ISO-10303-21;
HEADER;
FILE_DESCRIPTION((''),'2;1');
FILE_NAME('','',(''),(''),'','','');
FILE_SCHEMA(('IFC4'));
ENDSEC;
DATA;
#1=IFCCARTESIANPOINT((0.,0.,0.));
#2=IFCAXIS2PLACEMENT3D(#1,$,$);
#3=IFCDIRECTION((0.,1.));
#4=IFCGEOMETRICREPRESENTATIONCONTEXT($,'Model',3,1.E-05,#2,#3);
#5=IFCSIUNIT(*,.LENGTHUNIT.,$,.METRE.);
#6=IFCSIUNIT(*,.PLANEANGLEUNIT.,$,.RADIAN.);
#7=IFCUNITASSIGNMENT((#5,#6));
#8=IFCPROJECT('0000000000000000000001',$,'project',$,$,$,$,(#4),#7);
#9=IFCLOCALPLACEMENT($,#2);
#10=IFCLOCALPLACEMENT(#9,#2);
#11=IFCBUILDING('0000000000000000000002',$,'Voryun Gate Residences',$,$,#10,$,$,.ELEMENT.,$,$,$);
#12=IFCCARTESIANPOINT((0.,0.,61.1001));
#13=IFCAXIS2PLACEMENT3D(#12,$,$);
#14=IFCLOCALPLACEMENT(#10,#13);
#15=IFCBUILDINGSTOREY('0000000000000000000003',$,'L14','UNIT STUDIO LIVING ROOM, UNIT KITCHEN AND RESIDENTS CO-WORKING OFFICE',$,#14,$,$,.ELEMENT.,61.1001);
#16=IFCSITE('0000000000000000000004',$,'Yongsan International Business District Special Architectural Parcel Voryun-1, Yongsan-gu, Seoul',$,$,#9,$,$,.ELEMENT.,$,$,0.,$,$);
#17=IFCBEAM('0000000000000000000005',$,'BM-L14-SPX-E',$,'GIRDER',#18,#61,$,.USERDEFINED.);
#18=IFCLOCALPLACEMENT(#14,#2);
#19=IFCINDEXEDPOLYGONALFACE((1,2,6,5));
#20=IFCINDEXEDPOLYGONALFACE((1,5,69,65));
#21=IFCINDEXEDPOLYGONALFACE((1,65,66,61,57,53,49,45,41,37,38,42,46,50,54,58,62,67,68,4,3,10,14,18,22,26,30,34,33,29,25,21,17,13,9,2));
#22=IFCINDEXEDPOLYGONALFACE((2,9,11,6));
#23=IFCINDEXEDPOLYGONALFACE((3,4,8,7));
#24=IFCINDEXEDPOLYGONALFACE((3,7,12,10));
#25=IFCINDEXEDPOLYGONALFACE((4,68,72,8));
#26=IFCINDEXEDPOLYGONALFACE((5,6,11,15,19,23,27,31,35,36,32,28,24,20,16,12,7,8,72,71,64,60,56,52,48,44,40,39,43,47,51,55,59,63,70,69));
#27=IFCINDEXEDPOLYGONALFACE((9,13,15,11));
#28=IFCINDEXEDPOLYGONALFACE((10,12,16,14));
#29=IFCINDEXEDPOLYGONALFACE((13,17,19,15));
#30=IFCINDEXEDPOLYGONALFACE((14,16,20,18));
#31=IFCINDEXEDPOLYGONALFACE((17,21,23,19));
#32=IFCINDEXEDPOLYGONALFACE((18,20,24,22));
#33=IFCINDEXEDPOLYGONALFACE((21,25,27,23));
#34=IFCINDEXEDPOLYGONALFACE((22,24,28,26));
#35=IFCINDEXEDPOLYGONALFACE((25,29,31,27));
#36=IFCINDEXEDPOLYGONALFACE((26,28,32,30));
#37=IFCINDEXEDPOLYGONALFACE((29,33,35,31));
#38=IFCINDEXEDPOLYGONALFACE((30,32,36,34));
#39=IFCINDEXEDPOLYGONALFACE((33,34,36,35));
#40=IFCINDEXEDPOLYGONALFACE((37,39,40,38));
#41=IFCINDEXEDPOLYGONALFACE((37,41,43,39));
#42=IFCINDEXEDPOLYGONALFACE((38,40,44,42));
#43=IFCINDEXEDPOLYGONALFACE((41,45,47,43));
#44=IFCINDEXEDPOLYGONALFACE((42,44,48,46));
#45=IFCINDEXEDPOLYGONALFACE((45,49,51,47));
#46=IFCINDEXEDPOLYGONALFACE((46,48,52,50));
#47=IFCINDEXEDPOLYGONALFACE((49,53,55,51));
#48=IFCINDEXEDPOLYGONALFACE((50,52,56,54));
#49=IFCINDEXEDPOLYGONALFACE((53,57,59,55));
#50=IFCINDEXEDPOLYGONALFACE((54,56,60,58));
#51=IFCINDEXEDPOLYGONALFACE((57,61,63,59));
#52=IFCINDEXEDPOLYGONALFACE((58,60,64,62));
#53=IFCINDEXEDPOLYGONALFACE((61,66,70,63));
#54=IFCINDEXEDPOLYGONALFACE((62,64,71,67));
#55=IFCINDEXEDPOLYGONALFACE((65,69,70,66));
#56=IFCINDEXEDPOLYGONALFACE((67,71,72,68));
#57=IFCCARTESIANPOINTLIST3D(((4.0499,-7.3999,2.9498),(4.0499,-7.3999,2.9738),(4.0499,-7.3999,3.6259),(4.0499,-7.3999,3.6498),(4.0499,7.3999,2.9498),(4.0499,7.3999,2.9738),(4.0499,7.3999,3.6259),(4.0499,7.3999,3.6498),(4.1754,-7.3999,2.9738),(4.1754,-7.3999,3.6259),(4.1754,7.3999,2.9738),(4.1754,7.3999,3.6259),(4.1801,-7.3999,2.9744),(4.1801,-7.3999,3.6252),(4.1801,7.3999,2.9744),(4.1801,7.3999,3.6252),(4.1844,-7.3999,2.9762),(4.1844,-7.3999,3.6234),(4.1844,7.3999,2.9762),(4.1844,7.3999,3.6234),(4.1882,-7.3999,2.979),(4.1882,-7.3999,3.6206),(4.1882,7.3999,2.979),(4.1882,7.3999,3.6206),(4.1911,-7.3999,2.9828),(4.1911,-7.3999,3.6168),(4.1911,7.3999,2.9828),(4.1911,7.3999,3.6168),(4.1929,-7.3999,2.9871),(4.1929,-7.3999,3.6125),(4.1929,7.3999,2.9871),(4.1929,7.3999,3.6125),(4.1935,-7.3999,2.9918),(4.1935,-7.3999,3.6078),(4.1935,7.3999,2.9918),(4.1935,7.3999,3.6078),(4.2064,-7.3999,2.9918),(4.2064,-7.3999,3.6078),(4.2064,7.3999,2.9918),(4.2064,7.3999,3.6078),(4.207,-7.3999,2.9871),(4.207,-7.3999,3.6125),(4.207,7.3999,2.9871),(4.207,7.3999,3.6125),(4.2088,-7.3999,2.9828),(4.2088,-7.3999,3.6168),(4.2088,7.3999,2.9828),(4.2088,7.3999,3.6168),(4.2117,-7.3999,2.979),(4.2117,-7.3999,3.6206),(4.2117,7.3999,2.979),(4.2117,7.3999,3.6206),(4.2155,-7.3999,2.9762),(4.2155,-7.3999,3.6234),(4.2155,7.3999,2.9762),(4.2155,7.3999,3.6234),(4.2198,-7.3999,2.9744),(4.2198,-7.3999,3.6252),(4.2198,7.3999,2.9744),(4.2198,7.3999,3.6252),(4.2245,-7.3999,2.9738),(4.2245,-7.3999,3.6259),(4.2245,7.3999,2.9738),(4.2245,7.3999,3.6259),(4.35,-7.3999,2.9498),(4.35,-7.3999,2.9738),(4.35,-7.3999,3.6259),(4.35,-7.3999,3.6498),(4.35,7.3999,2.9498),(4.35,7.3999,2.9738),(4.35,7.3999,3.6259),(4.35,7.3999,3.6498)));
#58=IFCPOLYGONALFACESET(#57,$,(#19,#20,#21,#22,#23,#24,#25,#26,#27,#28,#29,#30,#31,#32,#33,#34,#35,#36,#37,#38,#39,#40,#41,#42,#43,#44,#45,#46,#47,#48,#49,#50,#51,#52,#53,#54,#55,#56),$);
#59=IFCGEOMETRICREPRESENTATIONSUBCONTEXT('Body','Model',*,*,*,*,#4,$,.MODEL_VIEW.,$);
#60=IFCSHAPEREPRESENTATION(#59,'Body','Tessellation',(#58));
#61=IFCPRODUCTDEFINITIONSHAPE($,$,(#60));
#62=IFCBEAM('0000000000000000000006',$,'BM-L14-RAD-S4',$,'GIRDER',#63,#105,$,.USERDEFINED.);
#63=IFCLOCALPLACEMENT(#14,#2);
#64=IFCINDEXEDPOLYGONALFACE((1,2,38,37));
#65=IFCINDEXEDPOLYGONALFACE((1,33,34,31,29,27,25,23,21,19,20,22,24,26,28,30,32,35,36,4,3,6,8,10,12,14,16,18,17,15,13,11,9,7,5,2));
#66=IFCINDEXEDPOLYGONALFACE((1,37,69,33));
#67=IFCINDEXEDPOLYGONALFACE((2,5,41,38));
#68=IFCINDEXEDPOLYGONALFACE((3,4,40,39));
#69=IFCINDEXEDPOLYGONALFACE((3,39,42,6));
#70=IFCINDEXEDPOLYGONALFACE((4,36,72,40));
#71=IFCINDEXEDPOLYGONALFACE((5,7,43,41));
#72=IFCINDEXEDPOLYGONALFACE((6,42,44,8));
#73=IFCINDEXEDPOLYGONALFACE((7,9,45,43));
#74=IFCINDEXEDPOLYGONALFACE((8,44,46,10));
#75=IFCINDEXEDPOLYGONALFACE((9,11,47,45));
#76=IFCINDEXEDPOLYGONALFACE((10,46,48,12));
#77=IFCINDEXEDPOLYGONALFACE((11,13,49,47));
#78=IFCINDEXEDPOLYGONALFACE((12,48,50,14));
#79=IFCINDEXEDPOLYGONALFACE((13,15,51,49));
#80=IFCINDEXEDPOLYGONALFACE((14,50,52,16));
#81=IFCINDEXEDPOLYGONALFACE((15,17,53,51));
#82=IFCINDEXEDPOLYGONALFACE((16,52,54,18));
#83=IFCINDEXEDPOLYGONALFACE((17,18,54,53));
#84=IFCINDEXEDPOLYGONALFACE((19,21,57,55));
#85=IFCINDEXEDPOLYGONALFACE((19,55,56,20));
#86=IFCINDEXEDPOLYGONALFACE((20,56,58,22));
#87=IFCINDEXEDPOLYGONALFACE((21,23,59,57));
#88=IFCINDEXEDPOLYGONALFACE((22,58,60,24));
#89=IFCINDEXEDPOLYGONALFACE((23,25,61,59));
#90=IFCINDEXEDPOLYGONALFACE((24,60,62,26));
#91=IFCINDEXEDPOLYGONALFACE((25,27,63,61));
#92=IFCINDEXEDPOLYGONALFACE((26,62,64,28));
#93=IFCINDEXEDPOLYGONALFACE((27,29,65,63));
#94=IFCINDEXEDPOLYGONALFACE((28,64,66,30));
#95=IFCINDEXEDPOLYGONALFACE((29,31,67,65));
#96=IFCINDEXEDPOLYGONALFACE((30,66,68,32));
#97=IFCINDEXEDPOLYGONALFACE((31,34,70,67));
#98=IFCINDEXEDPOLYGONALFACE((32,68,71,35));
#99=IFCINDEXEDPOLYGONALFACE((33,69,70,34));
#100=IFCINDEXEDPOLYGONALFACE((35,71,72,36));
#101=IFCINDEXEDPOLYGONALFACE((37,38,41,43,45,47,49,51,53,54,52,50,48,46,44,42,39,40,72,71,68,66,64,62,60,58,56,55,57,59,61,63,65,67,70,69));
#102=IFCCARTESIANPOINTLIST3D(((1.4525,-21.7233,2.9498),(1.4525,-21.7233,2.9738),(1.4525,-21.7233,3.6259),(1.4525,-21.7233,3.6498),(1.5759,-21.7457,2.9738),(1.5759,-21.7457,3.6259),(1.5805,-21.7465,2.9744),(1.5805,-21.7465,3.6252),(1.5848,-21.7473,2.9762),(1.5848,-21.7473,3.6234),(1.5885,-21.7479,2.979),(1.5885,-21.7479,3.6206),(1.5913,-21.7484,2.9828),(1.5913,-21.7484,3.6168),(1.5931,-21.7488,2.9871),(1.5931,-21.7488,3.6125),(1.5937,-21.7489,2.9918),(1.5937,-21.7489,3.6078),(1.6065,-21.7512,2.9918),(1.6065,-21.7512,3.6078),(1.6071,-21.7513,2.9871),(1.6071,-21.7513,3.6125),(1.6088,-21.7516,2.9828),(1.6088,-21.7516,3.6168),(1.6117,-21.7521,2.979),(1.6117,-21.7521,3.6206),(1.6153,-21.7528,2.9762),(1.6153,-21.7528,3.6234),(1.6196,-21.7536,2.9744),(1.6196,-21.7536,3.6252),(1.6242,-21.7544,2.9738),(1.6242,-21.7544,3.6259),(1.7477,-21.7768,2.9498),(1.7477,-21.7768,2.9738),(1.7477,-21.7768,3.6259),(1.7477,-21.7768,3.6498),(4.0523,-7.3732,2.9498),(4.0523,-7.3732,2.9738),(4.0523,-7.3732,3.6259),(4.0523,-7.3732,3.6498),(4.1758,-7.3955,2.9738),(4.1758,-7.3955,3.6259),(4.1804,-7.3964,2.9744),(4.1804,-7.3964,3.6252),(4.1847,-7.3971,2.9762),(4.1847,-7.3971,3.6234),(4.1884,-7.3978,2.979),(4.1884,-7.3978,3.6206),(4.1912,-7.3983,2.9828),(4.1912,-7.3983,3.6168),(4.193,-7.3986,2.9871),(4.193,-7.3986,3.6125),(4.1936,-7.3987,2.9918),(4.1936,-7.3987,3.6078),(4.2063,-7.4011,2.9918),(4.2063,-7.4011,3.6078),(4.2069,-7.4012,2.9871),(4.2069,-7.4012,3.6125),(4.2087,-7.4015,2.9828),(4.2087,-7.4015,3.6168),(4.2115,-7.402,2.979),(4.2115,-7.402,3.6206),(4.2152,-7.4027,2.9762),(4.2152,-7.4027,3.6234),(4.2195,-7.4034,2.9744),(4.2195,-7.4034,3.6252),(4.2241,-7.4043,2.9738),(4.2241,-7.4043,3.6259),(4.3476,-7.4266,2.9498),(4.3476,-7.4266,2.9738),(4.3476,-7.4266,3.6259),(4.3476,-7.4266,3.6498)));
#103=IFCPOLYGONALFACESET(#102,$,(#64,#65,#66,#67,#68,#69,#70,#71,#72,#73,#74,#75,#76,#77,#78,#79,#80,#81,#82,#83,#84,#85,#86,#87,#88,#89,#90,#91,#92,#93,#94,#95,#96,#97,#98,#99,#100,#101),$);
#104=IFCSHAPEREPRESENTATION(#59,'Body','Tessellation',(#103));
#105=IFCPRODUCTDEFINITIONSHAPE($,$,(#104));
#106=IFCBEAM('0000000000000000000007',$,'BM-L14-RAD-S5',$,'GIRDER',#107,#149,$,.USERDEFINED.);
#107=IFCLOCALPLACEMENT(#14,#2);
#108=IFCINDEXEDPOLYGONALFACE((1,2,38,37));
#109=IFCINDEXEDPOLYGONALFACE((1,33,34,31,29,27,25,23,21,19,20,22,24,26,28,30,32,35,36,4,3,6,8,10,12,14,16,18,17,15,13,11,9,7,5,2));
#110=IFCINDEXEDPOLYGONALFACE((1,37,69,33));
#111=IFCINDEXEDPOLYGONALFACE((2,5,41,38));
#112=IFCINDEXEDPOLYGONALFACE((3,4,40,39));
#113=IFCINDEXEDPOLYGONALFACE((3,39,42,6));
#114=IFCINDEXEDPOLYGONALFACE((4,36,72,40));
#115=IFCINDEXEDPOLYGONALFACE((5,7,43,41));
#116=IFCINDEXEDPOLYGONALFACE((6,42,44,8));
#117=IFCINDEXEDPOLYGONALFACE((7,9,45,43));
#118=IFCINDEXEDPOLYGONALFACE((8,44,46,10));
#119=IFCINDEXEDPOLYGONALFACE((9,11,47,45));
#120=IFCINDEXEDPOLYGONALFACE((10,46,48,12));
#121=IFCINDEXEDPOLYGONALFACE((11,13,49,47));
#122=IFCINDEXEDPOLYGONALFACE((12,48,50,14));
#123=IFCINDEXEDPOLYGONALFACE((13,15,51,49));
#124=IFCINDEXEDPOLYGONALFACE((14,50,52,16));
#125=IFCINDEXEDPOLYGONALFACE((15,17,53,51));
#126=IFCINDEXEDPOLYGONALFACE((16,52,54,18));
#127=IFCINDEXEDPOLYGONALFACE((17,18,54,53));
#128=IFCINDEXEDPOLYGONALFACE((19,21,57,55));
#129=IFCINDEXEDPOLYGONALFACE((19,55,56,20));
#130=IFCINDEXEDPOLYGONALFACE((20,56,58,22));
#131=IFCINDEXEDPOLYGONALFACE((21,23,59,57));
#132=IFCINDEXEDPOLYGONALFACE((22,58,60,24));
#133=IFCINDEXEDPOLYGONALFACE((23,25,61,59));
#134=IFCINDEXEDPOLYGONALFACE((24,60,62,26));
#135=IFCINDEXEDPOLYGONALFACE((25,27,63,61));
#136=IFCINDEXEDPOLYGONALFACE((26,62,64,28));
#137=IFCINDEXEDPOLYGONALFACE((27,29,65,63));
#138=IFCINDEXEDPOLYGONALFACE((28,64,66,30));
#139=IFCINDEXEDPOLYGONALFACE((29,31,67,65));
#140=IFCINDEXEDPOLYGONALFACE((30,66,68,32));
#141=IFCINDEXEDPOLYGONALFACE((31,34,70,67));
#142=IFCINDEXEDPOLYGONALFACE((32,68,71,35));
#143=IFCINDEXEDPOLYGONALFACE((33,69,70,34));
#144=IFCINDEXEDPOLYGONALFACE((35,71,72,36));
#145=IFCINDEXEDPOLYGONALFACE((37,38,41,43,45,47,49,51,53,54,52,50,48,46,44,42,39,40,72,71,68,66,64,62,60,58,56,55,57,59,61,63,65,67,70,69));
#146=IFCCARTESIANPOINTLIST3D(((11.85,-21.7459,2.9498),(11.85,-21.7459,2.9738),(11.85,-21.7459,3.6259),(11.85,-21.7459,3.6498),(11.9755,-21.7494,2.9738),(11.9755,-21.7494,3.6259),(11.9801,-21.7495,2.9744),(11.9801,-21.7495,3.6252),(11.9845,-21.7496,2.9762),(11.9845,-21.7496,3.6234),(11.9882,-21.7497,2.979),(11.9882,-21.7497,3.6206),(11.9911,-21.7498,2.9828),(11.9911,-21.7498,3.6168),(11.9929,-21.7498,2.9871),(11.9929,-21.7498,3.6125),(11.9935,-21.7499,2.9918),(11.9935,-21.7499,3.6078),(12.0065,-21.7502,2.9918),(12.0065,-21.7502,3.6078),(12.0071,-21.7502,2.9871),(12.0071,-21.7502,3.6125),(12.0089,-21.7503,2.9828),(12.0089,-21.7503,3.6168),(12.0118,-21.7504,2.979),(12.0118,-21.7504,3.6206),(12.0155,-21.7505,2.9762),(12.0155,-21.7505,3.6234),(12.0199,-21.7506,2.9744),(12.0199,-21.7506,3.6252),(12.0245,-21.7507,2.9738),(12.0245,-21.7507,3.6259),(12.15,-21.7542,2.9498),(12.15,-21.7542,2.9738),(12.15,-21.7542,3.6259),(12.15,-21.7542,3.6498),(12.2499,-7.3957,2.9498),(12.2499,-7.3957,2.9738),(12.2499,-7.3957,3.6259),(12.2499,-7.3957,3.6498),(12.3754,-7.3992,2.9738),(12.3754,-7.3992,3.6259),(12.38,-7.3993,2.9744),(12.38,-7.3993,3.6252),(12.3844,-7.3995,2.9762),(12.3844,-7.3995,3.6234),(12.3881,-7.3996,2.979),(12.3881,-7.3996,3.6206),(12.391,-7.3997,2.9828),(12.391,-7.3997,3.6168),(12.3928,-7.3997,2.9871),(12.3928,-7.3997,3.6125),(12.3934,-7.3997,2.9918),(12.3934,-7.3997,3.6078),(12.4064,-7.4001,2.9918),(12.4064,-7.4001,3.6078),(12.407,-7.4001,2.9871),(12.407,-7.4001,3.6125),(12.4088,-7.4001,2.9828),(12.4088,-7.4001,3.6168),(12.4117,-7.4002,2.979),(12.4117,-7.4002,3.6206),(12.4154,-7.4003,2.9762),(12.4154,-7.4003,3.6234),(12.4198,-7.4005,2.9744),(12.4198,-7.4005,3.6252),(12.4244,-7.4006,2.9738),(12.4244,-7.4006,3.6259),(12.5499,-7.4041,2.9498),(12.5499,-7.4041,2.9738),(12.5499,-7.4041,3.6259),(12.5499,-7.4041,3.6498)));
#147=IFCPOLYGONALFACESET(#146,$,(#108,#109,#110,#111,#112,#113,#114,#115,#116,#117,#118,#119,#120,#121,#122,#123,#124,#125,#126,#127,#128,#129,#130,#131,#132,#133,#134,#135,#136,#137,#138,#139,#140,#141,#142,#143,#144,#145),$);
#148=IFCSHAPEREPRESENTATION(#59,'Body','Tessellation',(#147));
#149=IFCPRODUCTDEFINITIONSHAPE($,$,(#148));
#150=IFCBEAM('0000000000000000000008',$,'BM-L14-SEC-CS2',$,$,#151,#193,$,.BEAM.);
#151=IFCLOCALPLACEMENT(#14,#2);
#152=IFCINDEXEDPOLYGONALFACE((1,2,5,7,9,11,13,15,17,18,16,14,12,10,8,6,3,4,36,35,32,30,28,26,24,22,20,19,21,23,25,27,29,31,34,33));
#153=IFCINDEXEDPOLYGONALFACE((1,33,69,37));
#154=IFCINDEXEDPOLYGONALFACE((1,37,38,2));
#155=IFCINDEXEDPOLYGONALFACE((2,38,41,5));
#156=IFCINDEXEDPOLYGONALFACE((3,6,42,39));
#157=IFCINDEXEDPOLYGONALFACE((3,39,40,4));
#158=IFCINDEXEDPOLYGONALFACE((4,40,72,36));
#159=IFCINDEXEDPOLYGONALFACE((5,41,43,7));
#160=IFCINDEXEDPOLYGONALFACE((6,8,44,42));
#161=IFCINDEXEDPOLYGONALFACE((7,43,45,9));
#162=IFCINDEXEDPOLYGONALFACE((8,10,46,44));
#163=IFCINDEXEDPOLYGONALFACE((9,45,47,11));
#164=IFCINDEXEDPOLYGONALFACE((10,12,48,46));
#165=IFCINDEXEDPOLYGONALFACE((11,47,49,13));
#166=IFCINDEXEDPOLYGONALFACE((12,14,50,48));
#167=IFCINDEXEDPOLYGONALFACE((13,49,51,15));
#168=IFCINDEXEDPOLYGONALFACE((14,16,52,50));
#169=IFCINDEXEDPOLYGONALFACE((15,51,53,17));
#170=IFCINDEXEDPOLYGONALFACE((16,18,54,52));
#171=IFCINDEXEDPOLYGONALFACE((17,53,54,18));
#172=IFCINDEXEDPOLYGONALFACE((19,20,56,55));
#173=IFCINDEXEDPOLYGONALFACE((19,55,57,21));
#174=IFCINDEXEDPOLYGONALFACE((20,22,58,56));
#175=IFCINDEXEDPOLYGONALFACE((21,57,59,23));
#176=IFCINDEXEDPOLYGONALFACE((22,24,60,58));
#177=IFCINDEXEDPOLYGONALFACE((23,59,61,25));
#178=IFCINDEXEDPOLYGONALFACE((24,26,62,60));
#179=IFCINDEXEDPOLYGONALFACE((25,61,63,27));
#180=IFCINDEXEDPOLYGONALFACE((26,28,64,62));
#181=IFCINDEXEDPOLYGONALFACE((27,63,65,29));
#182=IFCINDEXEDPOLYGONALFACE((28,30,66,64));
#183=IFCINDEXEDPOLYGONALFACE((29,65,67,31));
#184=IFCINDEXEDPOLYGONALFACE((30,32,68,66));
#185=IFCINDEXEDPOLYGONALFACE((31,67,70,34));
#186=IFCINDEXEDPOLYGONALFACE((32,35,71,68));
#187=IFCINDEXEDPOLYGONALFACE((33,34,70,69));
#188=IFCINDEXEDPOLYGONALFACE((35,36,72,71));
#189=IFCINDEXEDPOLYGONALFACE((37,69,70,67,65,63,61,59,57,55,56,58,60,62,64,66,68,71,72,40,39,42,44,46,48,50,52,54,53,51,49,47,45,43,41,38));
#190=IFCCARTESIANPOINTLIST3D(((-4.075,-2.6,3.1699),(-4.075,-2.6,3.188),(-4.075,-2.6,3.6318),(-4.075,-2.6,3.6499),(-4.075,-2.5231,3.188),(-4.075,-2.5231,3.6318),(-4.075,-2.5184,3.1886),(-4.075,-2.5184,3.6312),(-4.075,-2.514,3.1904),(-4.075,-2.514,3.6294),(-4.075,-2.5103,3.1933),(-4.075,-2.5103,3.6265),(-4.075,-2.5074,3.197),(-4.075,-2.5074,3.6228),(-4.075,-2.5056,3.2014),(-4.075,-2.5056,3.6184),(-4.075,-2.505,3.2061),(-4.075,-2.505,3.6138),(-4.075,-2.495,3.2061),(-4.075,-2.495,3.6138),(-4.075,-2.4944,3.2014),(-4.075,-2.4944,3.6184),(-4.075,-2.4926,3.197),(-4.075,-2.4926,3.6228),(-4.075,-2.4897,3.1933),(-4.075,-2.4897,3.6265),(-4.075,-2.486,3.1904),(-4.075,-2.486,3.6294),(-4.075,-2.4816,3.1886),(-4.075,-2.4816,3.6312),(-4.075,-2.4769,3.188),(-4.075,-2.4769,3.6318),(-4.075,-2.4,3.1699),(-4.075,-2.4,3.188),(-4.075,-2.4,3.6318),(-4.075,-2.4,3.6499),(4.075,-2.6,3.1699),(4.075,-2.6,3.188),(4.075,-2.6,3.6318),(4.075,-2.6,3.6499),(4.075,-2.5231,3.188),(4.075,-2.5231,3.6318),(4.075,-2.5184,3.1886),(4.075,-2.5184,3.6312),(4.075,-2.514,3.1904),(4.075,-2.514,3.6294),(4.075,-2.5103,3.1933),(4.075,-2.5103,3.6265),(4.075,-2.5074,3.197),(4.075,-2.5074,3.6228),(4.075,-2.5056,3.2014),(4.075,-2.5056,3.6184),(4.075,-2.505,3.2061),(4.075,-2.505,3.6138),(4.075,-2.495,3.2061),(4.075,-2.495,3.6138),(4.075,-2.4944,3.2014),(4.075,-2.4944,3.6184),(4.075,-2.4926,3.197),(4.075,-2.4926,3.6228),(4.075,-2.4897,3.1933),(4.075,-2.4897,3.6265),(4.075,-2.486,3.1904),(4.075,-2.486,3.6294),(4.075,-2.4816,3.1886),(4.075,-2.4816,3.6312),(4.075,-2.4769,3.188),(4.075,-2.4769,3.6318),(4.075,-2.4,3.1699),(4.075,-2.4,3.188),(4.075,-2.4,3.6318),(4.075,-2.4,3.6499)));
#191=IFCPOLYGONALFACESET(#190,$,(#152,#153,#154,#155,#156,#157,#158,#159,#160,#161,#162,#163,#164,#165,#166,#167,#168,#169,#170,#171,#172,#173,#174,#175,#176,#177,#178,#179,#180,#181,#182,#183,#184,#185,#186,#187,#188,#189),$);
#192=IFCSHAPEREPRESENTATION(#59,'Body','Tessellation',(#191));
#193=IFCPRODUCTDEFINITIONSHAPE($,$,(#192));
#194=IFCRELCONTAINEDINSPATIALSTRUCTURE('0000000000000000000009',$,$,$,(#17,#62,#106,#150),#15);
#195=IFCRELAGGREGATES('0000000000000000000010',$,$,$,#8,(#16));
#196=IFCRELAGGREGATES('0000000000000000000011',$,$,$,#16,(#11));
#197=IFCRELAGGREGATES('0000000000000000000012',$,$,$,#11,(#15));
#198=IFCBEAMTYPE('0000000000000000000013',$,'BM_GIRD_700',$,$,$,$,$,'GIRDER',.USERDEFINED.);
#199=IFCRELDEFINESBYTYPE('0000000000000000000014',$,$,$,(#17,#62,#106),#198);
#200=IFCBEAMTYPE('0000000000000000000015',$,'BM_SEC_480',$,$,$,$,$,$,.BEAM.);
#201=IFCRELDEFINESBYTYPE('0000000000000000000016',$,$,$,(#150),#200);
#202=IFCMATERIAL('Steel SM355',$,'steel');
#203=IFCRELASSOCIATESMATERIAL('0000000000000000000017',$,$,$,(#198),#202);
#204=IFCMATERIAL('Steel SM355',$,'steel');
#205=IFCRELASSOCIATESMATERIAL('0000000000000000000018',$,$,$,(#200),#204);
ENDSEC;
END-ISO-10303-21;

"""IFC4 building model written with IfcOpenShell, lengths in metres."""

from ifc_helpers import new_model, si_unit, direction, frame, origin, origin_2d, place, context, subcontext, project, spatial, i_section, extrude, material, material_profile, profile_set, type_object, element, save


model = new_model("IFC4")

# Units and contexts
model_context = context("Model", 3, precision=1e-05, world=origin(), true_north=direction((0.0, 1.0)))
body_context = subcontext(model_context, "Body", "Model", "MODEL_VIEW")
ifc_project = project(units=[si_unit("LENGTHUNIT", "METRE"), si_unit("PLANEANGLEUNIT", "RADIAN")], contexts=[model_context])

# Site, building, storey
site_placement = place(None, origin())
site = spatial("IfcSite", under=ifc_project, at=site_placement, Name="Yongsan International Business District Special Architectural Parcel Voryun-1, Yongsan-gu, Seoul", CompositionType="ELEMENT", RefElevation=0.0)
building_placement = place(site_placement, origin())
building = spatial("IfcBuilding", under=site, at=building_placement, Name="Voryun Gate Residences", CompositionType="ELEMENT")
storey_placement = place(building_placement, frame((0.0, 0.0, 61.1001)))
storey = spatial("IfcBuildingStorey", under=building, at=storey_placement, Name="L14", Description="UNIT STUDIO LIVING ROOM, UNIT KITCHEN AND RESIDENTS CO-WORKING OFFICE", CompositionType="ELEMENT", Elevation=61.1001)

# Beams
ifc_material_1 = material(Name="Steel SM355", Category="steel")
ifc_material_profile_1 = material_profile(ifc_material_1, i_section(OverallWidth=0.3, OverallDepth=0.7, WebThickness=0.0129, FlangeThickness=0.0239, FilletRadius=0.0181, at=origin_2d()), Name="H-700x300x13x24")
ifc_profile_set_1 = profile_set([ifc_material_profile_1], Name="Steel SM355")
beam_type_1 = type_object("IfcBeamType", Name="BM_GIRD_700", ElementType="GIRDER", PredefinedType="USERDEFINED", material=ifc_profile_set_1)
for number, where, z_axis, x_axis, name in (
    (1, (4.2, -7.3999, 3.2998), (0.0, 1.0, 0.0), (-1.0, 0.0, 0.0), "BM-L14-SPX-E"),
):
    element("IfcBeam", number, at=place(storey_placement, frame(where, z_axis=z_axis, x_axis=x_axis)), inside=storey, type_object=beam_type_1, Name=name, ObjectType="GIRDER", PredefinedType="USERDEFINED", context=body_context, shape_type="SweptSolid", body=[
        extrude(i_section(OverallWidth=0.3, OverallDepth=0.7, WebThickness=0.0129, FlangeThickness=0.0239, FilletRadius=0.0181, at=origin_2d()), origin(), (0.0, 0.0, 1.0), 14.7998),
    ])
beam_1_placement = place(storey_placement, frame((4.2, -7.3999, 3.2998), z_axis=(-0.178271, -0.983981, 0.0), x_axis=(0.983981, -0.178271, 0.0)))
element("IfcBeam", 2, at=beam_1_placement, inside=storey, type_object=beam_type_1, Name="BM-L14-RAD-S4", ObjectType="GIRDER", PredefinedType="USERDEFINED", context=body_context, shape_type="SweptSolid", body=[
    extrude(i_section(OverallWidth=0.3, OverallDepth=0.7, WebThickness=0.0129, FlangeThickness=0.0239, FilletRadius=0.0181, at=origin_2d()), origin(), (0.0, 0.0, 1.0), 14.5837),
])
beam_2_placement = place(storey_placement, frame((12.3999, -7.3999, 3.2998), z_axis=(-0.027857, -0.999612, 0.0), x_axis=(0.999612, -0.027857, 0.0)))
element("IfcBeam", 3, at=beam_2_placement, inside=storey, type_object=beam_type_1, Name="BM-L14-RAD-S5", ObjectType="GIRDER", PredefinedType="USERDEFINED", context=body_context, shape_type="SweptSolid", body=[
    extrude(i_section(OverallWidth=0.3, OverallDepth=0.7, WebThickness=0.0129, FlangeThickness=0.0239, FilletRadius=0.0181, at=origin_2d()), origin(), (0.0, 0.0, 1.0), 14.3557),
])
ifc_material_2 = material(Name="Steel SM355", Category="steel")
ifc_material_profile_2 = material_profile(ifc_material_2, i_section(OverallWidth=0.2, OverallDepth=0.48, WebThickness=0.01, FlangeThickness=0.0181, FilletRadius=0.0181, at=origin_2d()), Name="H-480x200x10x18")
ifc_profile_set_2 = profile_set([ifc_material_profile_2], Name="Steel SM355")
beam_type_2 = type_object("IfcBeamType", Name="BM_SEC_480", PredefinedType="BEAM", material=ifc_profile_set_2)
beam_3_placement = place(storey_placement, frame((-4.075, -2.5, 3.4099), z_axis=(1.0, 0.0, 0.0), x_axis=(0.0, 1.0, 0.0)))
element("IfcBeam", 4, at=beam_3_placement, inside=storey, type_object=beam_type_2, Name="BM-L14-SEC-CS2", PredefinedType="BEAM", context=body_context, shape_type="SweptSolid", body=[
    extrude(i_section(OverallWidth=0.2, OverallDepth=0.48, WebThickness=0.01, FlangeThickness=0.0181, FilletRadius=0.0181, at=origin_2d()), origin(), (0.0, 0.0, 1.0), 8.1499),
])

save(model, "model.ifc")
